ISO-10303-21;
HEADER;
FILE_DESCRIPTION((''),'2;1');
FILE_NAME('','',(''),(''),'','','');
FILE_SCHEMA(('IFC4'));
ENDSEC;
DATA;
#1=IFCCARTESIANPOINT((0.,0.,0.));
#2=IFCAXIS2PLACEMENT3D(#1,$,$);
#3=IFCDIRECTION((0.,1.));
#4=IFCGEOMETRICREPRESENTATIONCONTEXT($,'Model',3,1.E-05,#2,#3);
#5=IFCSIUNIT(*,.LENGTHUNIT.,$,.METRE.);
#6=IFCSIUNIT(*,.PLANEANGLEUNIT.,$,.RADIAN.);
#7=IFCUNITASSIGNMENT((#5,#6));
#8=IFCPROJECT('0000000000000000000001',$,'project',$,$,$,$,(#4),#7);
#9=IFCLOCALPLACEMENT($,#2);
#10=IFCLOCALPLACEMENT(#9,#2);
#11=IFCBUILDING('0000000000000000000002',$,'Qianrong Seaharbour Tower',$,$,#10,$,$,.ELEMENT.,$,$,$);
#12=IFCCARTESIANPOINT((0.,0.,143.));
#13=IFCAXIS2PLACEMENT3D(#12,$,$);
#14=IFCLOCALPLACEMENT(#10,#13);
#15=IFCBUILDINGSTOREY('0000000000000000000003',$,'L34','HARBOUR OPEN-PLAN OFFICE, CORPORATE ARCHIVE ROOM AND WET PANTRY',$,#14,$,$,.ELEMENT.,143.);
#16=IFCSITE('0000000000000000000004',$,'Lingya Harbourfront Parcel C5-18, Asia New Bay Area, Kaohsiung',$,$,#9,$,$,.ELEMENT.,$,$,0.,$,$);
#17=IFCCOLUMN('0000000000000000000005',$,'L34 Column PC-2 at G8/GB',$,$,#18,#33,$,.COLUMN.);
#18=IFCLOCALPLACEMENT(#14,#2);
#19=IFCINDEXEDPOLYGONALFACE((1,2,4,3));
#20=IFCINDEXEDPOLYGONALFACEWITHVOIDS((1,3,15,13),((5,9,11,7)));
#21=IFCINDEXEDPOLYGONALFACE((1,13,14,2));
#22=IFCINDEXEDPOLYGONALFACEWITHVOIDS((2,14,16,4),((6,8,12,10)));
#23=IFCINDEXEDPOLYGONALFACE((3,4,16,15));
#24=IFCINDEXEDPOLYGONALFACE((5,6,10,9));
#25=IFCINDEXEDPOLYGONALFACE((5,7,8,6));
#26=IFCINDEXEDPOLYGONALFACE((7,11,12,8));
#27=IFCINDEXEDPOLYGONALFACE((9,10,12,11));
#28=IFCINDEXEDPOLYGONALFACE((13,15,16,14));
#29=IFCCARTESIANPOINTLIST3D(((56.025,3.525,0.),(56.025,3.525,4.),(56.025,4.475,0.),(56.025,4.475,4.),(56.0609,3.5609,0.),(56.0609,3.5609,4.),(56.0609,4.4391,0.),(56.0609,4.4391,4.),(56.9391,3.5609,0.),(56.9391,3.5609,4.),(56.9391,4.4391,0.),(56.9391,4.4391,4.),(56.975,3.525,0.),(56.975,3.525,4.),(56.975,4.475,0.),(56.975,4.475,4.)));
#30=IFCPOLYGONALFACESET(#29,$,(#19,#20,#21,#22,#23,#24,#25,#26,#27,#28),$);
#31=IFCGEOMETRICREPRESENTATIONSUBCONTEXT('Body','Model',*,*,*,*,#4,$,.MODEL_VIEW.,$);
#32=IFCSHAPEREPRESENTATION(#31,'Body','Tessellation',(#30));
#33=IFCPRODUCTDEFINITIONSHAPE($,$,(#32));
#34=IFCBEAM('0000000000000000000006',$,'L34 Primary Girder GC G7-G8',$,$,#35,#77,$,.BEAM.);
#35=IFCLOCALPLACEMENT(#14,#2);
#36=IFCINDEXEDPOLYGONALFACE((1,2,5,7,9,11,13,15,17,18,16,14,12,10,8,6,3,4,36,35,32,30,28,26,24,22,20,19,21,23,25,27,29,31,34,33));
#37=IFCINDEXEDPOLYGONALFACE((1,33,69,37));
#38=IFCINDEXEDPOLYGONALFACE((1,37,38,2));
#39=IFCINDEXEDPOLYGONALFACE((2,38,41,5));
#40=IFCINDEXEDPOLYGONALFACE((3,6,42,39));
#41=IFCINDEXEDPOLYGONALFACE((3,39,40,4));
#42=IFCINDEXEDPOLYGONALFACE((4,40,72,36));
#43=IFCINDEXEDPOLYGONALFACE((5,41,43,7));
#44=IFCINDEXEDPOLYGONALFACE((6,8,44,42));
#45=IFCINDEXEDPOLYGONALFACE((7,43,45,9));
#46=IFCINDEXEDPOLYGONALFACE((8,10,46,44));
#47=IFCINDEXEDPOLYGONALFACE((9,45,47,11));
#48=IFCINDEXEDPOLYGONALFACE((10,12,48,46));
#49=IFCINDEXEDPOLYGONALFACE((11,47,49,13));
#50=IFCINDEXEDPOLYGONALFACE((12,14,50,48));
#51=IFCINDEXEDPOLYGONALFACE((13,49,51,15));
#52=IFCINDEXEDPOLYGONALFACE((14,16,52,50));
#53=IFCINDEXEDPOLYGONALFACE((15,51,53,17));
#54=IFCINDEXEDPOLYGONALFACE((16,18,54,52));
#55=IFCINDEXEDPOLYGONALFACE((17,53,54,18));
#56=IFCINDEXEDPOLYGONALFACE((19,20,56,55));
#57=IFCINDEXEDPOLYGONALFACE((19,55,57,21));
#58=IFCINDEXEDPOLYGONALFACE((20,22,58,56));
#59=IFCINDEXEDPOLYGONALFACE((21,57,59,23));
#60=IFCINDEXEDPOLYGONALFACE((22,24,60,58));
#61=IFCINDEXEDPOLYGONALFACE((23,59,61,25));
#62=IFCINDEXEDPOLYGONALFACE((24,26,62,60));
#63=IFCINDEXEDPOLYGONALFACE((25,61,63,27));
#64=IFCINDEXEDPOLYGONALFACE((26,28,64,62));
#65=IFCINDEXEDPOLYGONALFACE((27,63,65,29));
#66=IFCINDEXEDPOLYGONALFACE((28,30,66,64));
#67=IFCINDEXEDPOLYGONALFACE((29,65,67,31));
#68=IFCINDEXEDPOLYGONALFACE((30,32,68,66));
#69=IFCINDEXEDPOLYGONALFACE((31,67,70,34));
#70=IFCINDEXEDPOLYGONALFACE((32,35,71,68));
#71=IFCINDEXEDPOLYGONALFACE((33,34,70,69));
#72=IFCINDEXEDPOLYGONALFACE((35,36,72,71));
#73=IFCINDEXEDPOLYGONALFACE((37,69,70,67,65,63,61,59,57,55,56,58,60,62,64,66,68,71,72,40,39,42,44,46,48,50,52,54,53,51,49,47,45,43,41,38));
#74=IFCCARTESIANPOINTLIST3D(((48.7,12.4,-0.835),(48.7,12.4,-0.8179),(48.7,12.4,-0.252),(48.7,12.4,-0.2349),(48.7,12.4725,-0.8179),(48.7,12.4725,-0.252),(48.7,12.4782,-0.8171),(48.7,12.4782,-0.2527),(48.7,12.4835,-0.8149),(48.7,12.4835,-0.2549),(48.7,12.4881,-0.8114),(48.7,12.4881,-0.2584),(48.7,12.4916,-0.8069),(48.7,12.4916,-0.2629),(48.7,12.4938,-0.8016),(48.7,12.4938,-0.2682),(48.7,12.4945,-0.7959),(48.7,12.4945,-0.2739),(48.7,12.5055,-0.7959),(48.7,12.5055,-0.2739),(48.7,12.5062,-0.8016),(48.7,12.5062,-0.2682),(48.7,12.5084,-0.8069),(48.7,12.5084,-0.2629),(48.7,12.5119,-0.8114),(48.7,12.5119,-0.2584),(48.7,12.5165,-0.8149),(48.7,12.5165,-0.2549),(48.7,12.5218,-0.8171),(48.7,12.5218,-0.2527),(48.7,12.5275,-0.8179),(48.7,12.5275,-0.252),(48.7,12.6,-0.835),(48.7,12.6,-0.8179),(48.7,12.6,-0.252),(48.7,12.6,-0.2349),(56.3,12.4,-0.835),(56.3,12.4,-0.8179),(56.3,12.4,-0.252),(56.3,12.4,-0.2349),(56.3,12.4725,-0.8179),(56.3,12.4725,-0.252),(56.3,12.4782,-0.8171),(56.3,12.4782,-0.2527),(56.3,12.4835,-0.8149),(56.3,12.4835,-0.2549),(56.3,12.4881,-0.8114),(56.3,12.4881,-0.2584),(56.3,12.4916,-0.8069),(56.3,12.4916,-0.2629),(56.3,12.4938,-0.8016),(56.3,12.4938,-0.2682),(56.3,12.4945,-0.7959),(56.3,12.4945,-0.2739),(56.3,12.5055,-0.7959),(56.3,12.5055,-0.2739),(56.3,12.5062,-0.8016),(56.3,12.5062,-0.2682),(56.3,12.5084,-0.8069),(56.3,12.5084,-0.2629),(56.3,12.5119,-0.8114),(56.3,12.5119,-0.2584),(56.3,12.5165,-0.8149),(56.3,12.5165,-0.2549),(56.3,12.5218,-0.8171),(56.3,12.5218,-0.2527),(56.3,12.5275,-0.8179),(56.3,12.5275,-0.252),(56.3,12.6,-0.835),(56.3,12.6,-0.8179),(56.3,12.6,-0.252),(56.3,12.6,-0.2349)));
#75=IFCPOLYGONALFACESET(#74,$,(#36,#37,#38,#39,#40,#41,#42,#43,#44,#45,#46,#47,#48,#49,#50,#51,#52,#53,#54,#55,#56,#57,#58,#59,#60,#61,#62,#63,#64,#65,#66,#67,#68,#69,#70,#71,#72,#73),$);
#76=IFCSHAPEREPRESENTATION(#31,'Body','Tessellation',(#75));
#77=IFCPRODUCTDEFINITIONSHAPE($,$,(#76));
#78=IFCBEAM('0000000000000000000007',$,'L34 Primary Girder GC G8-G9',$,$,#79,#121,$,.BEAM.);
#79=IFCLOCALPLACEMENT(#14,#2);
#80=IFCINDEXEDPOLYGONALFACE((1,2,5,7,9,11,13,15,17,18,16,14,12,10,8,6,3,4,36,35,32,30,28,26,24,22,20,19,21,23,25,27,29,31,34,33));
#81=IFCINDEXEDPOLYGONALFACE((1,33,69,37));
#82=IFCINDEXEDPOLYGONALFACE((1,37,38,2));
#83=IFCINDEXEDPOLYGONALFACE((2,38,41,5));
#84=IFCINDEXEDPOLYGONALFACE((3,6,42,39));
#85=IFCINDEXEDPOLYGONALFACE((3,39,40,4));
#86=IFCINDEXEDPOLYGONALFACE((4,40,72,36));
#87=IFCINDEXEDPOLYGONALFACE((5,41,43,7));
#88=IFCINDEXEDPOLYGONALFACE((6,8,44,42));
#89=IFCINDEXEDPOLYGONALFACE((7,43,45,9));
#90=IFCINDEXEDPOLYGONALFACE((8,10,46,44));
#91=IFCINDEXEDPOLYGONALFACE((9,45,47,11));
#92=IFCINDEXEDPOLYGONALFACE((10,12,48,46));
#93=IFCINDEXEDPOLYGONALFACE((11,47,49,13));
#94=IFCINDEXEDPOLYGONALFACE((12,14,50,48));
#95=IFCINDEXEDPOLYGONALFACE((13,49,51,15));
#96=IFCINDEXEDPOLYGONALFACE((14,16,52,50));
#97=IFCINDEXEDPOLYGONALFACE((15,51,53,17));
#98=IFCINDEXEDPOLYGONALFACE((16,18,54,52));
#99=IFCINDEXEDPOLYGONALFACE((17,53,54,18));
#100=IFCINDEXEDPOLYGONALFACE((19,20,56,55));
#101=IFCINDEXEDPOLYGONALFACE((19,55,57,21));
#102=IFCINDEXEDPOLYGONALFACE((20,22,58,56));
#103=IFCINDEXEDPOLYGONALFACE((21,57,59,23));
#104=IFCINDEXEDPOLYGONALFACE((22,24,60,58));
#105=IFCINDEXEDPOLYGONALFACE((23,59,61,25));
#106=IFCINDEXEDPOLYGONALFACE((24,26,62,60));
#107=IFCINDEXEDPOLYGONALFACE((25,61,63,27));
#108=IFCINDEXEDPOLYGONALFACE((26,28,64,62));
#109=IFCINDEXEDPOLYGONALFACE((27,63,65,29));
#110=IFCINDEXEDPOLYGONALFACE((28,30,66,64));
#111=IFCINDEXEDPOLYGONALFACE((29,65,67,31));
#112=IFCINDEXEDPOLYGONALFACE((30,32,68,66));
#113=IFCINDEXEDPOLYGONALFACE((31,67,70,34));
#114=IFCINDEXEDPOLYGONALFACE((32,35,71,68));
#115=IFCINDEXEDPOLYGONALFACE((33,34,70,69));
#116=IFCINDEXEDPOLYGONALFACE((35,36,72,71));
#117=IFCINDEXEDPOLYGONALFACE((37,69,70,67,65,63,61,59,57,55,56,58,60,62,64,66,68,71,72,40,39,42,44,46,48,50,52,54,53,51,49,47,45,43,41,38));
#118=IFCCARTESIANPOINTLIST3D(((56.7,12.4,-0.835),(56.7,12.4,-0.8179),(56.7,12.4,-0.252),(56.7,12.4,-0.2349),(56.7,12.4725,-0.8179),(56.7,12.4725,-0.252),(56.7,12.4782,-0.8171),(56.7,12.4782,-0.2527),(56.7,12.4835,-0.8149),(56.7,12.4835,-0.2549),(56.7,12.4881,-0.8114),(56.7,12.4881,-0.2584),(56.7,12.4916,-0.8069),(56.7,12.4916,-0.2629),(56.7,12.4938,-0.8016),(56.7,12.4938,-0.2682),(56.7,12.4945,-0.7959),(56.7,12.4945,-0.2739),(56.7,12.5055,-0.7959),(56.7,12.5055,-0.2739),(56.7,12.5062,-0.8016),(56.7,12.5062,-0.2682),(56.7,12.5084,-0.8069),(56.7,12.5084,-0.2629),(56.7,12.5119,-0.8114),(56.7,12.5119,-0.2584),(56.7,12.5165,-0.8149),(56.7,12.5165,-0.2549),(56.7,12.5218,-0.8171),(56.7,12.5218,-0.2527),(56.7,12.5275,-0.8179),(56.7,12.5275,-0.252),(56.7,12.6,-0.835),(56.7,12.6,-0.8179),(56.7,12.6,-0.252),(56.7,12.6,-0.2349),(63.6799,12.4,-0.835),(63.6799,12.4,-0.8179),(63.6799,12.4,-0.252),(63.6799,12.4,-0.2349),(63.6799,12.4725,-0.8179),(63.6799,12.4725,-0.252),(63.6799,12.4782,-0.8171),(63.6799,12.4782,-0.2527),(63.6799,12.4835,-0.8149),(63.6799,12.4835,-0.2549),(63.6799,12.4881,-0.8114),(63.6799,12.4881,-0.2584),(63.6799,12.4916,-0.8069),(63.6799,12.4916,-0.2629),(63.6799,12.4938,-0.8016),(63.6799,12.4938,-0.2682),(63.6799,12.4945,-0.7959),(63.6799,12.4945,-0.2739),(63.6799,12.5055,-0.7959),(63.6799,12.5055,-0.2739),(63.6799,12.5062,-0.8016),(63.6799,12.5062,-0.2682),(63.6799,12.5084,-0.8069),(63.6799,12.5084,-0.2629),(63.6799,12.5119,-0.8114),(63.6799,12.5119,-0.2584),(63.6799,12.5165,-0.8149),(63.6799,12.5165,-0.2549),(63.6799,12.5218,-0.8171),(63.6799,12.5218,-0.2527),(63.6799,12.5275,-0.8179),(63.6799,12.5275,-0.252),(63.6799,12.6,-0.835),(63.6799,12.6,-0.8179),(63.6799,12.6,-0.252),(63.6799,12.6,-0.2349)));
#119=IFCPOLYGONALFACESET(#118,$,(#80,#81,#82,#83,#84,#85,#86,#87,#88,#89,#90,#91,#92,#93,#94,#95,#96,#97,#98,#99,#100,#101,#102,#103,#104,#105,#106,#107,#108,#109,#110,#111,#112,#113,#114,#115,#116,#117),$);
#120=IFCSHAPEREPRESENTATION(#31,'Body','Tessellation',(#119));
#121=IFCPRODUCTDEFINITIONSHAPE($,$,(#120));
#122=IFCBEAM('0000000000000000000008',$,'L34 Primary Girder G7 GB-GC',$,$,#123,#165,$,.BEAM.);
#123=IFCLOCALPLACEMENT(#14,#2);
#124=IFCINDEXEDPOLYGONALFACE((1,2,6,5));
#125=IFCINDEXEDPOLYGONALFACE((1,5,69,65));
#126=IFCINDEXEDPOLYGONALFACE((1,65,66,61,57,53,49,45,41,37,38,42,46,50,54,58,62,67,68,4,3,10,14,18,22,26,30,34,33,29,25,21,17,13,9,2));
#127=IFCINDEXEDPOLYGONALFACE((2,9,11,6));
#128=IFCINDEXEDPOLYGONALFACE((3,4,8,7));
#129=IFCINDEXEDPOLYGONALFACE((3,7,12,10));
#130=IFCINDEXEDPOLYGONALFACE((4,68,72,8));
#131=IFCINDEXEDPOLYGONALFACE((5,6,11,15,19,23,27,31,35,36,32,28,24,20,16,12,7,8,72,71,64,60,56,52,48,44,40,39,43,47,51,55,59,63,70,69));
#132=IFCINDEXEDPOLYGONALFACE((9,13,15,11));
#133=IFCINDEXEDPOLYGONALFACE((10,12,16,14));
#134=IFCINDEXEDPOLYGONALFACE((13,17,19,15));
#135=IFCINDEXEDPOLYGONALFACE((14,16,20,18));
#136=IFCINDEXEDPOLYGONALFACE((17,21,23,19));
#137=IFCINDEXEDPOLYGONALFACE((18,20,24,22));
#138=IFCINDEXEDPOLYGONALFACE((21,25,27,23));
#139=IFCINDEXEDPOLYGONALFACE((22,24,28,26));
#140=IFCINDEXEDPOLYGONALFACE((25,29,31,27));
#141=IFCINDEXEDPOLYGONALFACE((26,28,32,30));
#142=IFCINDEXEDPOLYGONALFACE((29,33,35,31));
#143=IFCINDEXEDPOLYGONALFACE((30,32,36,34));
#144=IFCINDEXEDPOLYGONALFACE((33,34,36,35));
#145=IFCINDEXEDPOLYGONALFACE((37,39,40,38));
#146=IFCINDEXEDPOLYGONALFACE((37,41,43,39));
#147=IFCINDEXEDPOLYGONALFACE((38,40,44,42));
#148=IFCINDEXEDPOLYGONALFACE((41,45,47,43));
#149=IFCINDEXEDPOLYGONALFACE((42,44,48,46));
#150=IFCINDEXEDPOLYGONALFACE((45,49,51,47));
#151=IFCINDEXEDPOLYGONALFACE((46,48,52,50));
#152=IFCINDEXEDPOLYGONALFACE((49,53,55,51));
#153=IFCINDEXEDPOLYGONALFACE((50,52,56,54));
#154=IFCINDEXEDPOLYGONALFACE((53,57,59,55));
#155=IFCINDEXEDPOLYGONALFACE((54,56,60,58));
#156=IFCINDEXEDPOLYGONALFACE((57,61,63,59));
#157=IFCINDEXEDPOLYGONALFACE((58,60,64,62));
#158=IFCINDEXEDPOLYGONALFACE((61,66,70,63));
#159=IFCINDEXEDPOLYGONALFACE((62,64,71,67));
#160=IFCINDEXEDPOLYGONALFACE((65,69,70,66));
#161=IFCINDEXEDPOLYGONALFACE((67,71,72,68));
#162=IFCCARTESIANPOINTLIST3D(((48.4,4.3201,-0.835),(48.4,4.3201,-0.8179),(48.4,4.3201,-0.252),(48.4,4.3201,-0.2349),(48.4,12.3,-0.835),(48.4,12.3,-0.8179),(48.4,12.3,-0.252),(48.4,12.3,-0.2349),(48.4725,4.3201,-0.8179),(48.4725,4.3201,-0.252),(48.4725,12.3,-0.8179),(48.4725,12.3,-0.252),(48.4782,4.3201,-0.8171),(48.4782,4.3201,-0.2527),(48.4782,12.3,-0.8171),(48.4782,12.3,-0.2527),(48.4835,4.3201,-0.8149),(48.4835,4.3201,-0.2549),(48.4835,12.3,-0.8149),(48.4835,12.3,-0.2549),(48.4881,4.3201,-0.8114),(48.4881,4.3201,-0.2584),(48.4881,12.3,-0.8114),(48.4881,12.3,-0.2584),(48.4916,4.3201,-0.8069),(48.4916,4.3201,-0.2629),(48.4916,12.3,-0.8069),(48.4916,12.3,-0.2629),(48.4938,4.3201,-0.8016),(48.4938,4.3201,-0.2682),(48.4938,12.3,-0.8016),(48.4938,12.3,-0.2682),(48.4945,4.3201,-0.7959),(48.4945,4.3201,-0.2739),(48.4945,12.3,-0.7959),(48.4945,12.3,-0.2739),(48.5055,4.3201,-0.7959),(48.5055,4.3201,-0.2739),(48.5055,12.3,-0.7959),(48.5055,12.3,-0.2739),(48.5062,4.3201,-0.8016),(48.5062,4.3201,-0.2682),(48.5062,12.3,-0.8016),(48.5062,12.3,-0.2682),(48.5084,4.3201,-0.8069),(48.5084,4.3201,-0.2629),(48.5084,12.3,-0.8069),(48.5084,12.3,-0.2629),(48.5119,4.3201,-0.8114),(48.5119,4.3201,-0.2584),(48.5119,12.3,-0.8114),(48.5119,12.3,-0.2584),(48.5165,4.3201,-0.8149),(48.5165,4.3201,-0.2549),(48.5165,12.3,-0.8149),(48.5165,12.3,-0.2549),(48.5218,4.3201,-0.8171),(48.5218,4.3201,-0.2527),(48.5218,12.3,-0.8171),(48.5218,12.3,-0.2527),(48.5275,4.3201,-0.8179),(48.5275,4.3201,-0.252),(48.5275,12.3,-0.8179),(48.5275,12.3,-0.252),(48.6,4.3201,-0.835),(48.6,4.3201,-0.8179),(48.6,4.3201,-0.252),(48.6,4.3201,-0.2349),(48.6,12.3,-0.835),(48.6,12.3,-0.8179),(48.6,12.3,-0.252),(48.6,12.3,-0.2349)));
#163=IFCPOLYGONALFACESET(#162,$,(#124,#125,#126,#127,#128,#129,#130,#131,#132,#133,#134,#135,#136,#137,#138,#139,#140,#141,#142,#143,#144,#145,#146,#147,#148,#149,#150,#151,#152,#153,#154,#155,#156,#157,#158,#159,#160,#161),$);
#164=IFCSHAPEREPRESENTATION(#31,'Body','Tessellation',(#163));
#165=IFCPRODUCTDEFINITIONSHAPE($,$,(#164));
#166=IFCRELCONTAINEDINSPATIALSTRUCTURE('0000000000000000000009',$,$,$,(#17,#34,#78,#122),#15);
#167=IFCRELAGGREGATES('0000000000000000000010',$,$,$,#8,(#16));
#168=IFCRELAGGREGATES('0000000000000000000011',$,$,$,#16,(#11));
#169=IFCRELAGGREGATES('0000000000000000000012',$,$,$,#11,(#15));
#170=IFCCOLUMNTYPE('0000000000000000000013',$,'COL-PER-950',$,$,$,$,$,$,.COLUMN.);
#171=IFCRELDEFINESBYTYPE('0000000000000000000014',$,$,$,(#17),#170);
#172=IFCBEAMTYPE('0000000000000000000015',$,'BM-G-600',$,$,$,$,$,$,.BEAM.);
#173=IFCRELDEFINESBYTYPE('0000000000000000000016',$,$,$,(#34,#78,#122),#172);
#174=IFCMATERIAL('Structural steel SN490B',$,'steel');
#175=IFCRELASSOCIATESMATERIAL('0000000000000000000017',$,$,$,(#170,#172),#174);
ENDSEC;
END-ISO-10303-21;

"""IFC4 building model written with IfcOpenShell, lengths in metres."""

from ifc_helpers import new_model, si_unit, direction, frame, origin, origin_2d, place, context, subcontext, project, spatial, hollow_rectangle, i_section, extrude, material, material_profile, profile_set, type_object, element, save


model = new_model("IFC4")

# Units and contexts
model_context = context("Model", 3, precision=1e-05, world=origin(), true_north=direction((0.0, 1.0)))
body_context = subcontext(model_context, "Body", "Model", "MODEL_VIEW")
ifc_project = project(units=[si_unit("LENGTHUNIT", "METRE"), si_unit("PLANEANGLEUNIT", "RADIAN")], contexts=[model_context])

# Site, building, storey
site_placement = place(None, origin())
site = spatial("IfcSite", under=ifc_project, at=site_placement, Name="Lingya Harbourfront Parcel C5-18, Asia New Bay Area, Kaohsiung", CompositionType="ELEMENT", RefElevation=0.0)
building_placement = place(site_placement, origin())
building = spatial("IfcBuilding", under=site, at=building_placement, Name="Qianrong Seaharbour Tower", CompositionType="ELEMENT")
storey_placement = place(building_placement, frame((0.0, 0.0, 143.0)))
storey = spatial("IfcBuildingStorey", under=building, at=storey_placement, Name="L34", Description="HARBOUR OPEN-PLAN OFFICE, CORPORATE ARCHIVE ROOM AND WET PANTRY", CompositionType="ELEMENT", Elevation=143.0)

# Column
ifc_material_1 = material(Name="Structural steel SN490B", Category="steel")
ifc_material_profile_1 = material_profile(ifc_material_1, hollow_rectangle(XDim=0.95, YDim=0.95, WallThickness=0.0359, at=origin_2d()), Name="BOX950x950x36")
ifc_profile_set_1 = profile_set([ifc_material_profile_1], Name="Structural steel SN490B")
column_type_1 = type_object("IfcColumnType", Name="COL-PER-950", PredefinedType="COLUMN", material=ifc_profile_set_1)
for number, where, z_axis, x_axis, name in (
    (1, (56.5, 4.0, 0.0), (0.0, 0.0, 1.0), (1.0, 0.0, 0.0), "L34 Column PC-2 at G8/GB"),
):
    element("IfcColumn", number, at=place(storey_placement, frame(where, z_axis=z_axis, x_axis=x_axis)), inside=storey, type_object=column_type_1, Name=name, PredefinedType="COLUMN", context=body_context, shape_type="SweptSolid", body=[
        extrude(hollow_rectangle(XDim=0.95, YDim=0.95, WallThickness=0.0359, at=origin_2d()), origin(), (0.0, 0.0, 1.0), 4.0),
    ])

# Beams
ifc_material_profile_2 = material_profile(ifc_material_1, i_section(OverallWidth=0.2, OverallDepth=0.6001, WebThickness=0.011, FlangeThickness=0.0171, FilletRadius=0.022, at=origin_2d()), Name="H600x200x11x17")
ifc_profile_set_2 = profile_set([ifc_material_profile_2], Name="Structural steel SN490B")
beam_type_1 = type_object("IfcBeamType", Name="BM-G-600", PredefinedType="BEAM", material=ifc_profile_set_2)
beam_1_placement = place(storey_placement, frame((48.7, 12.5, -0.5349), z_axis=(1.0, 0.0, 0.0), x_axis=(0.0, 1.0, 0.0)))
element("IfcBeam", 2, at=beam_1_placement, inside=storey, type_object=beam_type_1, Name="L34 Primary Girder GC G7-G8", PredefinedType="BEAM", context=body_context, shape_type="SweptSolid", body=[
    extrude(i_section(OverallWidth=0.2, OverallDepth=0.6001, WebThickness=0.011, FlangeThickness=0.0171, FilletRadius=0.022, at=origin_2d()), origin(), (0.0, 0.0, 1.0), 7.6001),
])
beam_2_placement = place(storey_placement, frame((56.7, 12.5, -0.5349), z_axis=(1.0, 0.0, 0.0), x_axis=(0.0, 1.0, 0.0)))
element("IfcBeam", 3, at=beam_2_placement, inside=storey, type_object=beam_type_1, Name="L34 Primary Girder GC G8-G9", PredefinedType="BEAM", context=body_context, shape_type="SweptSolid", body=[
    extrude(i_section(OverallWidth=0.2, OverallDepth=0.6001, WebThickness=0.011, FlangeThickness=0.0171, FilletRadius=0.022, at=origin_2d()), origin(), (0.0, 0.0, 1.0), 6.98),
])
beam_3_placement = place(storey_placement, frame((48.5, 4.3201, -0.5349), z_axis=(0.0, 1.0, 0.0), x_axis=(-1.0, 0.0, 0.0)))
element("IfcBeam", 4, at=beam_3_placement, inside=storey, type_object=beam_type_1, Name="L34 Primary Girder G7 GB-GC", PredefinedType="BEAM", context=body_context, shape_type="SweptSolid", body=[
    extrude(i_section(OverallWidth=0.2, OverallDepth=0.6001, WebThickness=0.011, FlangeThickness=0.0171, FilletRadius=0.022, at=origin_2d()), origin(), (0.0, 0.0, 1.0), 7.98),
])

save(model, "model.ifc")
